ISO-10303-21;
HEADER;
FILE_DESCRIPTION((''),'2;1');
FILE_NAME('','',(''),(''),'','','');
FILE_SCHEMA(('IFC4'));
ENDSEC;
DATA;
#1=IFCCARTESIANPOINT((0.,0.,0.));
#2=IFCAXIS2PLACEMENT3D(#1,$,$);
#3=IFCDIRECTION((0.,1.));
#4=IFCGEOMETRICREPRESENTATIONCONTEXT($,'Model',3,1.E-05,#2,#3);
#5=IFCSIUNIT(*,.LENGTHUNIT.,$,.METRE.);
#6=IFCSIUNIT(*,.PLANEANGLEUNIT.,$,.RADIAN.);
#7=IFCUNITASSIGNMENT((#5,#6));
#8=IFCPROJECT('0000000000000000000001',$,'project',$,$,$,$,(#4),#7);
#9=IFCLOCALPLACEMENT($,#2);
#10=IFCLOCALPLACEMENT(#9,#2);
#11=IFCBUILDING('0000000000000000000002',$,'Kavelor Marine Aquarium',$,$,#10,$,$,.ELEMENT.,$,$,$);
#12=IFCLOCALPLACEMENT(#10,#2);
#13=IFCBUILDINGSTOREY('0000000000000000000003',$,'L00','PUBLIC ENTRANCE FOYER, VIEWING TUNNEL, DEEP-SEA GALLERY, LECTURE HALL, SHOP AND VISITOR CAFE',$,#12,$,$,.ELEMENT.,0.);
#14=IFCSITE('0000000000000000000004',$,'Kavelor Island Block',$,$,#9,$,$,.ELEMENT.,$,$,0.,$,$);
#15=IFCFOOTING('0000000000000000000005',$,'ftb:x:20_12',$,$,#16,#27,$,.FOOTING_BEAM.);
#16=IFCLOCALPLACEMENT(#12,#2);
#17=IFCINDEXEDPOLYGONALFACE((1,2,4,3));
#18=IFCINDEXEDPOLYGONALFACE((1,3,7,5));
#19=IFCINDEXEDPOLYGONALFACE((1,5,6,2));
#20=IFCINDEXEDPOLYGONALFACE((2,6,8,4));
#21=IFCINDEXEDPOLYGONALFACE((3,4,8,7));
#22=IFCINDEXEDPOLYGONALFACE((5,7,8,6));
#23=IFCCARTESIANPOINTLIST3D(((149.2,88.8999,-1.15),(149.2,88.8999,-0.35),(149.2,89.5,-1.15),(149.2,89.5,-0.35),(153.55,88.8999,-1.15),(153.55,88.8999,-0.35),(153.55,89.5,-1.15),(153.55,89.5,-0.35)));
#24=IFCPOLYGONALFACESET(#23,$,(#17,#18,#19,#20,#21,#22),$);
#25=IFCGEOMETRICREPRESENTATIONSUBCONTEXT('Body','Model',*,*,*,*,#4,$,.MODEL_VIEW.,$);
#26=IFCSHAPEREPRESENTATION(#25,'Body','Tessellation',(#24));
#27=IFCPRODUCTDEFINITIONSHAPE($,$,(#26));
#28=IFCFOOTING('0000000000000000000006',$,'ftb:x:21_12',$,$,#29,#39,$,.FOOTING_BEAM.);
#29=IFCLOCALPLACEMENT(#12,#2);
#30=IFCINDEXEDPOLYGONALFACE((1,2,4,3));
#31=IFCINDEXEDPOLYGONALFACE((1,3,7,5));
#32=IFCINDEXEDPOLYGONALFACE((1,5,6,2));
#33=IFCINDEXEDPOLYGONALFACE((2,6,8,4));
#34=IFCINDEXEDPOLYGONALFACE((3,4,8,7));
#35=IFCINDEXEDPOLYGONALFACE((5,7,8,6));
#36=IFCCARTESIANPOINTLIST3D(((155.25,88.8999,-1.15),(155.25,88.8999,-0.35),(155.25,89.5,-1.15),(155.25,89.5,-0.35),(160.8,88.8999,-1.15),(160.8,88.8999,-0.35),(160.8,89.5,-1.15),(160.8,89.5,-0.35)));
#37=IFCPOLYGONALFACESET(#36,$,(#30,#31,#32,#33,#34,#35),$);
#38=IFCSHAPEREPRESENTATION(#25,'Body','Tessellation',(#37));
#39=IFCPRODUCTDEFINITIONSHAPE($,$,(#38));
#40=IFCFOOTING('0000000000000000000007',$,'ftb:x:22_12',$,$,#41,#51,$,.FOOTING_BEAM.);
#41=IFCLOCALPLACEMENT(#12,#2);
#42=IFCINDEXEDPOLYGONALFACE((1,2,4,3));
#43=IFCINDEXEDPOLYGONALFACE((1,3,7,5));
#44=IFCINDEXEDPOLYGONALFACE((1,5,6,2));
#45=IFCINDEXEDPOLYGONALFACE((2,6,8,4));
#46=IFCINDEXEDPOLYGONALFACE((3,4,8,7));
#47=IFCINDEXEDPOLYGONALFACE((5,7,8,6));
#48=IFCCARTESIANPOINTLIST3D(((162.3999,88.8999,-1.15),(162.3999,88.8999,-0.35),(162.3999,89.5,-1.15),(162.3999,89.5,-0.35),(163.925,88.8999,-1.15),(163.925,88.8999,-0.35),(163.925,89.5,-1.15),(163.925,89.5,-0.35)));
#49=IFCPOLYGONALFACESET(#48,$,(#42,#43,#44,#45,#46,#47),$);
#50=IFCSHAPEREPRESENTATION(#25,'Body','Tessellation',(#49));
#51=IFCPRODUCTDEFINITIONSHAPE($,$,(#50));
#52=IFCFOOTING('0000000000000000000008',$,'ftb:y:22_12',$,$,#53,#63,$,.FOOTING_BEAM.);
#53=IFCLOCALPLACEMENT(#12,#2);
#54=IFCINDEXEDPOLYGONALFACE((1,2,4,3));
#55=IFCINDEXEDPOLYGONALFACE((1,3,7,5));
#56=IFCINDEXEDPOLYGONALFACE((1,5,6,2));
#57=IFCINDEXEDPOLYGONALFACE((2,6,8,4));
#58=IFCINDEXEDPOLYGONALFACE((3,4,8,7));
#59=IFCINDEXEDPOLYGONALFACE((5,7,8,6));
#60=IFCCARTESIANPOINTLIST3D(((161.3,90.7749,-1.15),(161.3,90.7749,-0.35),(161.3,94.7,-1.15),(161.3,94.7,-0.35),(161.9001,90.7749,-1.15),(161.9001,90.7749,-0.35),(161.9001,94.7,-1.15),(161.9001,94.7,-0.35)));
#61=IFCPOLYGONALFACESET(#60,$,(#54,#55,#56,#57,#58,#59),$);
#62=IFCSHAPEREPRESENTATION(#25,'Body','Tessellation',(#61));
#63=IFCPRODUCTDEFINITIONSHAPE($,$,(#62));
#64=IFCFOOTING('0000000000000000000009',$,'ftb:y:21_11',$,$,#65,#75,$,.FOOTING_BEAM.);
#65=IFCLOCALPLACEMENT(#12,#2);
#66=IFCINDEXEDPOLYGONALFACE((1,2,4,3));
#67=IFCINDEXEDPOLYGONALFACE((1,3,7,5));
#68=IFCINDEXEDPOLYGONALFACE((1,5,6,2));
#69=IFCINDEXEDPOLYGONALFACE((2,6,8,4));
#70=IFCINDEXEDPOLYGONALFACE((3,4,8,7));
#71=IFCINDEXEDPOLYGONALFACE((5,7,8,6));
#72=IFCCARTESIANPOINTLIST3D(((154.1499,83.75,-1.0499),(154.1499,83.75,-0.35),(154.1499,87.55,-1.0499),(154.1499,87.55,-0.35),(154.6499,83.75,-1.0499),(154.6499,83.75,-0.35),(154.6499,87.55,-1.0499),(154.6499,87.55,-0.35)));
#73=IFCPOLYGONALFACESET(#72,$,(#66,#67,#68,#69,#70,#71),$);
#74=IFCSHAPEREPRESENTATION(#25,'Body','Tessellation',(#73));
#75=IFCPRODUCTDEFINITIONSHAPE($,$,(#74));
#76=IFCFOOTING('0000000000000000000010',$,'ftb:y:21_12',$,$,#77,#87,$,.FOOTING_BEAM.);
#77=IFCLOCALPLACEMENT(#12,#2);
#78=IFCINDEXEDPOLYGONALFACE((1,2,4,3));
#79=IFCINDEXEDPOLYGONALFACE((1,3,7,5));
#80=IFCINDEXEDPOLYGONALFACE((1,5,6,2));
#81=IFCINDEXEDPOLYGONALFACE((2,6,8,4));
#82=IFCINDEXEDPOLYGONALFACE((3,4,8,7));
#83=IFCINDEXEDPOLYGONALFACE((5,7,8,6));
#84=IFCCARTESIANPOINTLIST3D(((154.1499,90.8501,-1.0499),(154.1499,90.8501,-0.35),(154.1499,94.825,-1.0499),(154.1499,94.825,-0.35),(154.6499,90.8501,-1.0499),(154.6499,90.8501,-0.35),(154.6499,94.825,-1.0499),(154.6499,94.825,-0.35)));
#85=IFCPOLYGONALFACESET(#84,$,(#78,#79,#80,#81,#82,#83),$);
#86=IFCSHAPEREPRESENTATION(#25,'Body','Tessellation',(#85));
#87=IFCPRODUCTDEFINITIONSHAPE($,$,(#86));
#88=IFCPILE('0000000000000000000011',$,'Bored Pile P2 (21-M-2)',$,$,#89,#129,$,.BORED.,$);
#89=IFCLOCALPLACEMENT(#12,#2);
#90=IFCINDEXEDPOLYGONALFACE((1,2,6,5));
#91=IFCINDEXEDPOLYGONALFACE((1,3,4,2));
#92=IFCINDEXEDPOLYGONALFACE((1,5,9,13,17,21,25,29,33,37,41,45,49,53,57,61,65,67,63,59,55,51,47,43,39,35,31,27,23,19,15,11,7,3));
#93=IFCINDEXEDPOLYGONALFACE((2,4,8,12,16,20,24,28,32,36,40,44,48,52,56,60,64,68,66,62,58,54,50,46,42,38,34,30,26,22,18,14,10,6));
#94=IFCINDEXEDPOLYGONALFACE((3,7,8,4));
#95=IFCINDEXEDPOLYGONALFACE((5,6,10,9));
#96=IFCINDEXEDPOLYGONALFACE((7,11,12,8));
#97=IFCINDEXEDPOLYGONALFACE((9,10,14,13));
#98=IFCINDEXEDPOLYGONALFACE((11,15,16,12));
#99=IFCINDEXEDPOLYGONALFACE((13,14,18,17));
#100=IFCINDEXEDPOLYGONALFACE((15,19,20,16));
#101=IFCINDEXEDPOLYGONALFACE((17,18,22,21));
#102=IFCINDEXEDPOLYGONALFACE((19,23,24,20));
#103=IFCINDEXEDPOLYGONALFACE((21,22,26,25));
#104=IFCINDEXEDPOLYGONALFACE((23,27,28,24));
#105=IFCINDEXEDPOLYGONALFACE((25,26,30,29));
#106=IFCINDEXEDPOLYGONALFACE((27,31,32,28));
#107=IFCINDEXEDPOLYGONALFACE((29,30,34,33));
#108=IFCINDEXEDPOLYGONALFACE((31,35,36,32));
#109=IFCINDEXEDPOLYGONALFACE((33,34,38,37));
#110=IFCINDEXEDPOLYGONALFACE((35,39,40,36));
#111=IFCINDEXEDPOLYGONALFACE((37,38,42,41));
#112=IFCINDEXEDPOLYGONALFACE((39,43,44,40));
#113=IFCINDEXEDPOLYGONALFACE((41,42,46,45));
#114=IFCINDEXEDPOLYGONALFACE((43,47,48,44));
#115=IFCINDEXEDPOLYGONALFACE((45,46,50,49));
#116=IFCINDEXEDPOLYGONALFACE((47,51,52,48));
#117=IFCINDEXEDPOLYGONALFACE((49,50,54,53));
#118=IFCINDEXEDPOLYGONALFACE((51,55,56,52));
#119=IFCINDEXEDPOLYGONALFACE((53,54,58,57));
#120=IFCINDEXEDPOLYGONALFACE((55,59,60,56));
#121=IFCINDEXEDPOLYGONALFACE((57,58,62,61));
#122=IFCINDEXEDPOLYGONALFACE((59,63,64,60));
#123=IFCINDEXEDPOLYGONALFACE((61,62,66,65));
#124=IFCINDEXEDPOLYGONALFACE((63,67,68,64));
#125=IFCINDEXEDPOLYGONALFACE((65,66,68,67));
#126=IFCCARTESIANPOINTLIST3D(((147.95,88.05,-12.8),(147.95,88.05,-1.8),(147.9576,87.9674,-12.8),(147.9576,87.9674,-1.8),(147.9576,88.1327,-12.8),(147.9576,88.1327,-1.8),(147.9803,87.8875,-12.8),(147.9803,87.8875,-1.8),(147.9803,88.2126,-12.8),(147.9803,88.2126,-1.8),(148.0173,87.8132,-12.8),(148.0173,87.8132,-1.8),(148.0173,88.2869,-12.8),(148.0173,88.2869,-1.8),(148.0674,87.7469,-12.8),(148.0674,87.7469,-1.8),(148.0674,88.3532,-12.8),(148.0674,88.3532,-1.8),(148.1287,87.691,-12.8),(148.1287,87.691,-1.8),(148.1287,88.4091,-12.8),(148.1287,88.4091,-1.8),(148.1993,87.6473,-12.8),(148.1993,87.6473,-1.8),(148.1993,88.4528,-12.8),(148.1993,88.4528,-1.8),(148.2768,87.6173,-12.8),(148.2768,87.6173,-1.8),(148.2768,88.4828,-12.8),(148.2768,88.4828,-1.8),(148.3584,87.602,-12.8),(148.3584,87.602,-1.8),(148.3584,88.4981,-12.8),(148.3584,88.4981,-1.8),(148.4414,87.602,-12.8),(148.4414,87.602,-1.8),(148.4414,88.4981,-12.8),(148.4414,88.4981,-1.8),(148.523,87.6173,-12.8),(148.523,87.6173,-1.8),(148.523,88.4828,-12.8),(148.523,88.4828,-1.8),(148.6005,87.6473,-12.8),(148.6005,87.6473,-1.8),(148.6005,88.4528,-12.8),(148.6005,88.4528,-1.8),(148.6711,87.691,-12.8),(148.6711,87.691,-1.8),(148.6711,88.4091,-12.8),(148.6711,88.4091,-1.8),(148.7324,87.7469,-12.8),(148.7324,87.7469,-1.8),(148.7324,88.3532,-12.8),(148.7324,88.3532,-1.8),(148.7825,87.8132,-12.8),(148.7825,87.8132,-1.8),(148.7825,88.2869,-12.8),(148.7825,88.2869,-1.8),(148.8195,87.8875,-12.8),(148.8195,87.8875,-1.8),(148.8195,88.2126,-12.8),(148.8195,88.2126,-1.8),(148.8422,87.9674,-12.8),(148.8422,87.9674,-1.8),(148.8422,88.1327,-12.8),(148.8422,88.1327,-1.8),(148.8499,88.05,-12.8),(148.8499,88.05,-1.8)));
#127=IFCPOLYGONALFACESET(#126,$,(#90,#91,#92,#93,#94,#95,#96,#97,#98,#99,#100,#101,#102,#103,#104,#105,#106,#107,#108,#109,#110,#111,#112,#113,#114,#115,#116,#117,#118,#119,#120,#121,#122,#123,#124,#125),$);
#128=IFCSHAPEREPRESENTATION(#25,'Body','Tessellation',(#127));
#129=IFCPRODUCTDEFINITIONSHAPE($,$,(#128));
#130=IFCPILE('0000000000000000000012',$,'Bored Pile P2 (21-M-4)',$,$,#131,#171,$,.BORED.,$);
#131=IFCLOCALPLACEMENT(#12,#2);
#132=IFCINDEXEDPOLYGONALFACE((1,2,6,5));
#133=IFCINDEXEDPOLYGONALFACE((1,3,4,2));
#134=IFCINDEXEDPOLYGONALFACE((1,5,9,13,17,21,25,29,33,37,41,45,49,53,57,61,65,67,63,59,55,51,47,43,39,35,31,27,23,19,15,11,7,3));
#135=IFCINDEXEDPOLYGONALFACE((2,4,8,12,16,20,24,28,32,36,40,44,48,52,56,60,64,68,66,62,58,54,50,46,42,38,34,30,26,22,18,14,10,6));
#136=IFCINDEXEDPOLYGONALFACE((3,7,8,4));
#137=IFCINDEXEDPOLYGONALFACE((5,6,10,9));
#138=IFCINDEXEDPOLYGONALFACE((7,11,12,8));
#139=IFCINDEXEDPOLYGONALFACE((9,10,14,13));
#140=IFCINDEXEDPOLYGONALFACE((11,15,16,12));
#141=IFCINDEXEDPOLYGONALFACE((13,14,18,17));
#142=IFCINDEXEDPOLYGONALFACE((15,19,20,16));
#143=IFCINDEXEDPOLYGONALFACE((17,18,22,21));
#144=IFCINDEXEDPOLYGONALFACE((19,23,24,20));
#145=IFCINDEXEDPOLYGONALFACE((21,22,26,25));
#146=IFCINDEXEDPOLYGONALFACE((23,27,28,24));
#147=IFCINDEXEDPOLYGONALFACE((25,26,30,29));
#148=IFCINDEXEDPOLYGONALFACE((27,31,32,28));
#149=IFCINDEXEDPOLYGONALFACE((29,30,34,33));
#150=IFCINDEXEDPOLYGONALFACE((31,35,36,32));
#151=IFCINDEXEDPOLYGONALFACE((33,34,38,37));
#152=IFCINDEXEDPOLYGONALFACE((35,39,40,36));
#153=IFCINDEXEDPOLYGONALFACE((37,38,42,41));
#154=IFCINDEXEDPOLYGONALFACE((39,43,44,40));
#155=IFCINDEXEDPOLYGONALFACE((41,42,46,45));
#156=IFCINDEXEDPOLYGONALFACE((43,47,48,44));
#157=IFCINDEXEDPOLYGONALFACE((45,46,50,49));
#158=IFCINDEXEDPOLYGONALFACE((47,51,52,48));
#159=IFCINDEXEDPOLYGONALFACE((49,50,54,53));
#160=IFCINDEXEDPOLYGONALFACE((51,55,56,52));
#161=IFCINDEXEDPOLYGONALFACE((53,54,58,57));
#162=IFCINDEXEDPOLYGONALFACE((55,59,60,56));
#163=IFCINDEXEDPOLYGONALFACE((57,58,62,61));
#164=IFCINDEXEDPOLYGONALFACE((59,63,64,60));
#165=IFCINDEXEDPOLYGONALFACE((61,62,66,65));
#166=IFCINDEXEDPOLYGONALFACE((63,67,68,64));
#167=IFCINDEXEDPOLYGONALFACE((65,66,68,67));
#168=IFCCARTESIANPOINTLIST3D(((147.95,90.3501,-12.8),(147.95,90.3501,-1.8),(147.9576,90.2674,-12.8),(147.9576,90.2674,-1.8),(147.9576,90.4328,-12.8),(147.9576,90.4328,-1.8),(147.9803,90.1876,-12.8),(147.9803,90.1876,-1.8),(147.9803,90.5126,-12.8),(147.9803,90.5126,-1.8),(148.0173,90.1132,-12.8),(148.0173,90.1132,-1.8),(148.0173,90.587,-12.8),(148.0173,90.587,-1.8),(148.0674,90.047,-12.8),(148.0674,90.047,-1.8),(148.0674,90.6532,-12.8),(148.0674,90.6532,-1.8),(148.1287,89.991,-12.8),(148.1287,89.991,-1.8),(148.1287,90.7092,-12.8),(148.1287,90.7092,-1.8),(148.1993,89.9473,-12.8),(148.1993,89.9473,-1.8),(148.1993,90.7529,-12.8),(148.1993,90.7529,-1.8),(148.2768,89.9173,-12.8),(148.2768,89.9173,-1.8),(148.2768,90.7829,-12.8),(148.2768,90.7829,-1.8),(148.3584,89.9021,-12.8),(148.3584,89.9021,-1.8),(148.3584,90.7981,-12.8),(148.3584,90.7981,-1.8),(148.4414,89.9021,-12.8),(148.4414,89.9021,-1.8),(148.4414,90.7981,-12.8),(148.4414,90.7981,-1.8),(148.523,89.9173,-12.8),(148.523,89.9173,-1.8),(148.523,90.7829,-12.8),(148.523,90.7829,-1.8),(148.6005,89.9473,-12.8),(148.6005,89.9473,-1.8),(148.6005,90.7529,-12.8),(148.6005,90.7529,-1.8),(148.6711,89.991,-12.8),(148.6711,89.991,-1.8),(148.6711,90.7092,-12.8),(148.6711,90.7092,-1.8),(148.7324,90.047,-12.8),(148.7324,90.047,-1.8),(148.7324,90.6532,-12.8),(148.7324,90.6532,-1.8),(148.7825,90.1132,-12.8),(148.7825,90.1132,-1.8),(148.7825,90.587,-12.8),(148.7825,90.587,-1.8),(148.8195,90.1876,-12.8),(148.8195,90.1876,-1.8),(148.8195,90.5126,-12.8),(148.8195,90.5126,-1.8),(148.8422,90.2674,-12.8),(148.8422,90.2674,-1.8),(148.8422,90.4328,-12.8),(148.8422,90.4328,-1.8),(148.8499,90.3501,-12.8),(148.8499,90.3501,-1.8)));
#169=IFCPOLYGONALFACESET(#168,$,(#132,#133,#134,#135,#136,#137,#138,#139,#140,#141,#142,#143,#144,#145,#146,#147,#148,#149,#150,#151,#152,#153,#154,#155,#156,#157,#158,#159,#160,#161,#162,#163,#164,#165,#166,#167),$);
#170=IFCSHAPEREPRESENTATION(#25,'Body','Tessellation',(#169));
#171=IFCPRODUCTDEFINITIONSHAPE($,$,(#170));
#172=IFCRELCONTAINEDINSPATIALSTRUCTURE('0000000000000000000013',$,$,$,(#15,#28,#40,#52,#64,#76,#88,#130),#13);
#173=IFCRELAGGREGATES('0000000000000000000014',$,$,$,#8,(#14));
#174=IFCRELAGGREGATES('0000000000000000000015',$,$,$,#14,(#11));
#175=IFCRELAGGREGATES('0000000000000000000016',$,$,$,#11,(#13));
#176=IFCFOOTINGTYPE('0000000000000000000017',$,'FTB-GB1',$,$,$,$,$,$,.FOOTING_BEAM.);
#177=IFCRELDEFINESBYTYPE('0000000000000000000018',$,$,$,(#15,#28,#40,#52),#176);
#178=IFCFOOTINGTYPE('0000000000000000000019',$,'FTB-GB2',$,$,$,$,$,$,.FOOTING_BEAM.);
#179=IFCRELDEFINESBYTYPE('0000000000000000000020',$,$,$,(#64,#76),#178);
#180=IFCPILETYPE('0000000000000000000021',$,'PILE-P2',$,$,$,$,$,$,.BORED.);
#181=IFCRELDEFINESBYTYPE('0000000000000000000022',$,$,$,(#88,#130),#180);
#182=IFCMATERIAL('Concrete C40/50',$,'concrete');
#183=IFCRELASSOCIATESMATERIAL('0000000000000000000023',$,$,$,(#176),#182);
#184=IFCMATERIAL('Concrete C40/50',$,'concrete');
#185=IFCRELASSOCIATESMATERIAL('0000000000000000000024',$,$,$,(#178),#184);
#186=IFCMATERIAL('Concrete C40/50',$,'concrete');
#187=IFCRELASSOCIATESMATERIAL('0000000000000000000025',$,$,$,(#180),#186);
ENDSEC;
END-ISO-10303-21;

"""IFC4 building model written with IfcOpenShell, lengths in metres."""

from ifc_helpers import new_model, si_unit, direction, frame, origin, origin_2d, place, context, subcontext, project, spatial, rectangle, circle, extrude, material, material_profile, profile_set, type_object, element, save


model = new_model("IFC4")

# Units and contexts
model_context = context("Model", 3, precision=1e-05, world=origin(), true_north=direction((0.0, 1.0)))
body_context = subcontext(model_context, "Body", "Model", "MODEL_VIEW")
ifc_project = project(units=[si_unit("LENGTHUNIT", "METRE"), si_unit("PLANEANGLEUNIT", "RADIAN")], contexts=[model_context])

# Site, building, storey
site_placement = place(None, origin())
site = spatial("IfcSite", under=ifc_project, at=site_placement, Name="Kavelor Island Block", CompositionType="ELEMENT", RefElevation=0.0)
building_placement = place(site_placement, origin())
building = spatial("IfcBuilding", under=site, at=building_placement, Name="Kavelor Marine Aquarium", CompositionType="ELEMENT")
storey_placement = place(building_placement, origin())
storey = spatial("IfcBuildingStorey", under=building, at=storey_placement, Name="L00", Description="PUBLIC ENTRANCE FOYER, VIEWING TUNNEL, DEEP-SEA GALLERY, LECTURE HALL, SHOP AND VISITOR CAFE", CompositionType="ELEMENT", Elevation=0.0)

# Footings
ifc_material_1 = material(Name="Concrete C40/50", Category="concrete")
ifc_material_profile_1 = material_profile(ifc_material_1, rectangle(XDim=0.6001, YDim=0.8, at=origin_2d()), Name="GB 600x800")
ifc_profile_set_1 = profile_set([ifc_material_profile_1], Name="Concrete C40/50")
footing_type_1 = type_object("IfcFootingType", Name="FTB-GB1", PredefinedType="FOOTING_BEAM", material=ifc_profile_set_1)
footing_1_placement = place(storey_placement, frame((149.2, 89.2, -0.75), z_axis=(1.0, 0.0, 0.0), x_axis=(0.0, 1.0, 0.0)))
element("IfcFooting", 1, at=footing_1_placement, inside=storey, type_object=footing_type_1, Name="ftb:x:20_12", PredefinedType="FOOTING_BEAM", context=body_context, shape_type="SweptSolid", body=[
    extrude(rectangle(XDim=0.6001, YDim=0.8, at=origin_2d()), origin(), (0.0, 0.0, 1.0), 4.3501),
])
footing_2_placement = place(storey_placement, frame((155.25, 89.2, -0.75), z_axis=(1.0, 0.0, 0.0), x_axis=(0.0, 1.0, 0.0)))
element("IfcFooting", 2, at=footing_2_placement, inside=storey, type_object=footing_type_1, Name="ftb:x:21_12", PredefinedType="FOOTING_BEAM", context=body_context, shape_type="SweptSolid", body=[
    extrude(rectangle(XDim=0.6001, YDim=0.8, at=origin_2d()), origin(), (0.0, 0.0, 1.0), 5.55),
])
footing_3_placement = place(storey_placement, frame((162.3999, 89.2, -0.75), z_axis=(1.0, 0.0, 0.0), x_axis=(0.0, 1.0, 0.0)))
element("IfcFooting", 3, at=footing_3_placement, inside=storey, type_object=footing_type_1, Name="ftb:x:22_12", PredefinedType="FOOTING_BEAM", context=body_context, shape_type="SweptSolid", body=[
    extrude(rectangle(XDim=0.6001, YDim=0.8, at=origin_2d()), origin(), (0.0, 0.0, 1.0), 1.5251),
])
footing_4_placement = place(storey_placement, frame((161.6001, 90.7749, -0.75), z_axis=(0.0, 1.0, 0.0), x_axis=(-1.0, 0.0, 0.0)))
element("IfcFooting", 4, at=footing_4_placement, inside=storey, type_object=footing_type_1, Name="ftb:y:22_12", PredefinedType="FOOTING_BEAM", context=body_context, shape_type="SweptSolid", body=[
    extrude(rectangle(XDim=0.6001, YDim=0.8, at=origin_2d()), origin(), (0.0, 0.0, 1.0), 3.925),
])
ifc_material_2 = material(Name="Concrete C40/50", Category="concrete")
ifc_material_profile_2 = material_profile(ifc_material_2, rectangle(XDim=0.5, YDim=0.7, at=origin_2d()), Name="GB 500x700")
ifc_profile_set_2 = profile_set([ifc_material_profile_2], Name="Concrete C40/50")
footing_type_2 = type_object("IfcFootingType", Name="FTB-GB2", PredefinedType="FOOTING_BEAM", material=ifc_profile_set_2)
footing_5_placement = place(storey_placement, frame((154.3999, 83.75, -0.7), z_axis=(0.0, 1.0, 0.0), x_axis=(-1.0, 0.0, 0.0)))
element("IfcFooting", 5, at=footing_5_placement, inside=storey, type_object=footing_type_2, Name="ftb:y:21_11", PredefinedType="FOOTING_BEAM", context=body_context, shape_type="SweptSolid", body=[
    extrude(rectangle(XDim=0.5, YDim=0.7, at=origin_2d()), origin(), (0.0, 0.0, 1.0), 3.8),
])
footing_6_placement = place(storey_placement, frame((154.3999, 90.8501, -0.7), z_axis=(0.0, 1.0, 0.0), x_axis=(-1.0, 0.0, 0.0)))
element("IfcFooting", 6, at=footing_6_placement, inside=storey, type_object=footing_type_2, Name="ftb:y:21_12", PredefinedType="FOOTING_BEAM", context=body_context, shape_type="SweptSolid", body=[
    extrude(rectangle(XDim=0.5, YDim=0.7, at=origin_2d()), origin(), (0.0, 0.0, 1.0), 3.9749),
])

# Piles
ifc_material_3 = material(Name="Concrete C40/50", Category="concrete")
ifc_material_profile_3 = material_profile(ifc_material_3, circle(Radius=0.45, at=origin_2d()), Name="PILE D900")
ifc_profile_set_3 = profile_set([ifc_material_profile_3], Name="Concrete C40/50")
pile_type_1 = type_object("IfcPileType", Name="PILE-P2", PredefinedType="BORED", material=ifc_profile_set_3)
for number, where, z_axis, x_axis, name in (
    (7, (148.3999, 88.05, -1.8), (0.0, 0.0, -1.0), (1.0, 0.0, 0.0), "Bored Pile P2 (21-M-2)"),
    (8, (148.3999, 90.3501, -1.8), (0.0, 0.0, -1.0), (1.0, 0.0, 0.0), "Bored Pile P2 (21-M-4)"),
):
    element("IfcPile", number, at=place(storey_placement, frame(where, z_axis=z_axis, x_axis=x_axis)), inside=storey, type_object=pile_type_1, Name=name, PredefinedType="BORED", context=body_context, shape_type="SweptSolid", body=[
        extrude(circle(Radius=0.45, at=origin_2d()), origin(), (0.0, 0.0, 1.0), 11.0),
    ])

save(model, "model.ifc")
